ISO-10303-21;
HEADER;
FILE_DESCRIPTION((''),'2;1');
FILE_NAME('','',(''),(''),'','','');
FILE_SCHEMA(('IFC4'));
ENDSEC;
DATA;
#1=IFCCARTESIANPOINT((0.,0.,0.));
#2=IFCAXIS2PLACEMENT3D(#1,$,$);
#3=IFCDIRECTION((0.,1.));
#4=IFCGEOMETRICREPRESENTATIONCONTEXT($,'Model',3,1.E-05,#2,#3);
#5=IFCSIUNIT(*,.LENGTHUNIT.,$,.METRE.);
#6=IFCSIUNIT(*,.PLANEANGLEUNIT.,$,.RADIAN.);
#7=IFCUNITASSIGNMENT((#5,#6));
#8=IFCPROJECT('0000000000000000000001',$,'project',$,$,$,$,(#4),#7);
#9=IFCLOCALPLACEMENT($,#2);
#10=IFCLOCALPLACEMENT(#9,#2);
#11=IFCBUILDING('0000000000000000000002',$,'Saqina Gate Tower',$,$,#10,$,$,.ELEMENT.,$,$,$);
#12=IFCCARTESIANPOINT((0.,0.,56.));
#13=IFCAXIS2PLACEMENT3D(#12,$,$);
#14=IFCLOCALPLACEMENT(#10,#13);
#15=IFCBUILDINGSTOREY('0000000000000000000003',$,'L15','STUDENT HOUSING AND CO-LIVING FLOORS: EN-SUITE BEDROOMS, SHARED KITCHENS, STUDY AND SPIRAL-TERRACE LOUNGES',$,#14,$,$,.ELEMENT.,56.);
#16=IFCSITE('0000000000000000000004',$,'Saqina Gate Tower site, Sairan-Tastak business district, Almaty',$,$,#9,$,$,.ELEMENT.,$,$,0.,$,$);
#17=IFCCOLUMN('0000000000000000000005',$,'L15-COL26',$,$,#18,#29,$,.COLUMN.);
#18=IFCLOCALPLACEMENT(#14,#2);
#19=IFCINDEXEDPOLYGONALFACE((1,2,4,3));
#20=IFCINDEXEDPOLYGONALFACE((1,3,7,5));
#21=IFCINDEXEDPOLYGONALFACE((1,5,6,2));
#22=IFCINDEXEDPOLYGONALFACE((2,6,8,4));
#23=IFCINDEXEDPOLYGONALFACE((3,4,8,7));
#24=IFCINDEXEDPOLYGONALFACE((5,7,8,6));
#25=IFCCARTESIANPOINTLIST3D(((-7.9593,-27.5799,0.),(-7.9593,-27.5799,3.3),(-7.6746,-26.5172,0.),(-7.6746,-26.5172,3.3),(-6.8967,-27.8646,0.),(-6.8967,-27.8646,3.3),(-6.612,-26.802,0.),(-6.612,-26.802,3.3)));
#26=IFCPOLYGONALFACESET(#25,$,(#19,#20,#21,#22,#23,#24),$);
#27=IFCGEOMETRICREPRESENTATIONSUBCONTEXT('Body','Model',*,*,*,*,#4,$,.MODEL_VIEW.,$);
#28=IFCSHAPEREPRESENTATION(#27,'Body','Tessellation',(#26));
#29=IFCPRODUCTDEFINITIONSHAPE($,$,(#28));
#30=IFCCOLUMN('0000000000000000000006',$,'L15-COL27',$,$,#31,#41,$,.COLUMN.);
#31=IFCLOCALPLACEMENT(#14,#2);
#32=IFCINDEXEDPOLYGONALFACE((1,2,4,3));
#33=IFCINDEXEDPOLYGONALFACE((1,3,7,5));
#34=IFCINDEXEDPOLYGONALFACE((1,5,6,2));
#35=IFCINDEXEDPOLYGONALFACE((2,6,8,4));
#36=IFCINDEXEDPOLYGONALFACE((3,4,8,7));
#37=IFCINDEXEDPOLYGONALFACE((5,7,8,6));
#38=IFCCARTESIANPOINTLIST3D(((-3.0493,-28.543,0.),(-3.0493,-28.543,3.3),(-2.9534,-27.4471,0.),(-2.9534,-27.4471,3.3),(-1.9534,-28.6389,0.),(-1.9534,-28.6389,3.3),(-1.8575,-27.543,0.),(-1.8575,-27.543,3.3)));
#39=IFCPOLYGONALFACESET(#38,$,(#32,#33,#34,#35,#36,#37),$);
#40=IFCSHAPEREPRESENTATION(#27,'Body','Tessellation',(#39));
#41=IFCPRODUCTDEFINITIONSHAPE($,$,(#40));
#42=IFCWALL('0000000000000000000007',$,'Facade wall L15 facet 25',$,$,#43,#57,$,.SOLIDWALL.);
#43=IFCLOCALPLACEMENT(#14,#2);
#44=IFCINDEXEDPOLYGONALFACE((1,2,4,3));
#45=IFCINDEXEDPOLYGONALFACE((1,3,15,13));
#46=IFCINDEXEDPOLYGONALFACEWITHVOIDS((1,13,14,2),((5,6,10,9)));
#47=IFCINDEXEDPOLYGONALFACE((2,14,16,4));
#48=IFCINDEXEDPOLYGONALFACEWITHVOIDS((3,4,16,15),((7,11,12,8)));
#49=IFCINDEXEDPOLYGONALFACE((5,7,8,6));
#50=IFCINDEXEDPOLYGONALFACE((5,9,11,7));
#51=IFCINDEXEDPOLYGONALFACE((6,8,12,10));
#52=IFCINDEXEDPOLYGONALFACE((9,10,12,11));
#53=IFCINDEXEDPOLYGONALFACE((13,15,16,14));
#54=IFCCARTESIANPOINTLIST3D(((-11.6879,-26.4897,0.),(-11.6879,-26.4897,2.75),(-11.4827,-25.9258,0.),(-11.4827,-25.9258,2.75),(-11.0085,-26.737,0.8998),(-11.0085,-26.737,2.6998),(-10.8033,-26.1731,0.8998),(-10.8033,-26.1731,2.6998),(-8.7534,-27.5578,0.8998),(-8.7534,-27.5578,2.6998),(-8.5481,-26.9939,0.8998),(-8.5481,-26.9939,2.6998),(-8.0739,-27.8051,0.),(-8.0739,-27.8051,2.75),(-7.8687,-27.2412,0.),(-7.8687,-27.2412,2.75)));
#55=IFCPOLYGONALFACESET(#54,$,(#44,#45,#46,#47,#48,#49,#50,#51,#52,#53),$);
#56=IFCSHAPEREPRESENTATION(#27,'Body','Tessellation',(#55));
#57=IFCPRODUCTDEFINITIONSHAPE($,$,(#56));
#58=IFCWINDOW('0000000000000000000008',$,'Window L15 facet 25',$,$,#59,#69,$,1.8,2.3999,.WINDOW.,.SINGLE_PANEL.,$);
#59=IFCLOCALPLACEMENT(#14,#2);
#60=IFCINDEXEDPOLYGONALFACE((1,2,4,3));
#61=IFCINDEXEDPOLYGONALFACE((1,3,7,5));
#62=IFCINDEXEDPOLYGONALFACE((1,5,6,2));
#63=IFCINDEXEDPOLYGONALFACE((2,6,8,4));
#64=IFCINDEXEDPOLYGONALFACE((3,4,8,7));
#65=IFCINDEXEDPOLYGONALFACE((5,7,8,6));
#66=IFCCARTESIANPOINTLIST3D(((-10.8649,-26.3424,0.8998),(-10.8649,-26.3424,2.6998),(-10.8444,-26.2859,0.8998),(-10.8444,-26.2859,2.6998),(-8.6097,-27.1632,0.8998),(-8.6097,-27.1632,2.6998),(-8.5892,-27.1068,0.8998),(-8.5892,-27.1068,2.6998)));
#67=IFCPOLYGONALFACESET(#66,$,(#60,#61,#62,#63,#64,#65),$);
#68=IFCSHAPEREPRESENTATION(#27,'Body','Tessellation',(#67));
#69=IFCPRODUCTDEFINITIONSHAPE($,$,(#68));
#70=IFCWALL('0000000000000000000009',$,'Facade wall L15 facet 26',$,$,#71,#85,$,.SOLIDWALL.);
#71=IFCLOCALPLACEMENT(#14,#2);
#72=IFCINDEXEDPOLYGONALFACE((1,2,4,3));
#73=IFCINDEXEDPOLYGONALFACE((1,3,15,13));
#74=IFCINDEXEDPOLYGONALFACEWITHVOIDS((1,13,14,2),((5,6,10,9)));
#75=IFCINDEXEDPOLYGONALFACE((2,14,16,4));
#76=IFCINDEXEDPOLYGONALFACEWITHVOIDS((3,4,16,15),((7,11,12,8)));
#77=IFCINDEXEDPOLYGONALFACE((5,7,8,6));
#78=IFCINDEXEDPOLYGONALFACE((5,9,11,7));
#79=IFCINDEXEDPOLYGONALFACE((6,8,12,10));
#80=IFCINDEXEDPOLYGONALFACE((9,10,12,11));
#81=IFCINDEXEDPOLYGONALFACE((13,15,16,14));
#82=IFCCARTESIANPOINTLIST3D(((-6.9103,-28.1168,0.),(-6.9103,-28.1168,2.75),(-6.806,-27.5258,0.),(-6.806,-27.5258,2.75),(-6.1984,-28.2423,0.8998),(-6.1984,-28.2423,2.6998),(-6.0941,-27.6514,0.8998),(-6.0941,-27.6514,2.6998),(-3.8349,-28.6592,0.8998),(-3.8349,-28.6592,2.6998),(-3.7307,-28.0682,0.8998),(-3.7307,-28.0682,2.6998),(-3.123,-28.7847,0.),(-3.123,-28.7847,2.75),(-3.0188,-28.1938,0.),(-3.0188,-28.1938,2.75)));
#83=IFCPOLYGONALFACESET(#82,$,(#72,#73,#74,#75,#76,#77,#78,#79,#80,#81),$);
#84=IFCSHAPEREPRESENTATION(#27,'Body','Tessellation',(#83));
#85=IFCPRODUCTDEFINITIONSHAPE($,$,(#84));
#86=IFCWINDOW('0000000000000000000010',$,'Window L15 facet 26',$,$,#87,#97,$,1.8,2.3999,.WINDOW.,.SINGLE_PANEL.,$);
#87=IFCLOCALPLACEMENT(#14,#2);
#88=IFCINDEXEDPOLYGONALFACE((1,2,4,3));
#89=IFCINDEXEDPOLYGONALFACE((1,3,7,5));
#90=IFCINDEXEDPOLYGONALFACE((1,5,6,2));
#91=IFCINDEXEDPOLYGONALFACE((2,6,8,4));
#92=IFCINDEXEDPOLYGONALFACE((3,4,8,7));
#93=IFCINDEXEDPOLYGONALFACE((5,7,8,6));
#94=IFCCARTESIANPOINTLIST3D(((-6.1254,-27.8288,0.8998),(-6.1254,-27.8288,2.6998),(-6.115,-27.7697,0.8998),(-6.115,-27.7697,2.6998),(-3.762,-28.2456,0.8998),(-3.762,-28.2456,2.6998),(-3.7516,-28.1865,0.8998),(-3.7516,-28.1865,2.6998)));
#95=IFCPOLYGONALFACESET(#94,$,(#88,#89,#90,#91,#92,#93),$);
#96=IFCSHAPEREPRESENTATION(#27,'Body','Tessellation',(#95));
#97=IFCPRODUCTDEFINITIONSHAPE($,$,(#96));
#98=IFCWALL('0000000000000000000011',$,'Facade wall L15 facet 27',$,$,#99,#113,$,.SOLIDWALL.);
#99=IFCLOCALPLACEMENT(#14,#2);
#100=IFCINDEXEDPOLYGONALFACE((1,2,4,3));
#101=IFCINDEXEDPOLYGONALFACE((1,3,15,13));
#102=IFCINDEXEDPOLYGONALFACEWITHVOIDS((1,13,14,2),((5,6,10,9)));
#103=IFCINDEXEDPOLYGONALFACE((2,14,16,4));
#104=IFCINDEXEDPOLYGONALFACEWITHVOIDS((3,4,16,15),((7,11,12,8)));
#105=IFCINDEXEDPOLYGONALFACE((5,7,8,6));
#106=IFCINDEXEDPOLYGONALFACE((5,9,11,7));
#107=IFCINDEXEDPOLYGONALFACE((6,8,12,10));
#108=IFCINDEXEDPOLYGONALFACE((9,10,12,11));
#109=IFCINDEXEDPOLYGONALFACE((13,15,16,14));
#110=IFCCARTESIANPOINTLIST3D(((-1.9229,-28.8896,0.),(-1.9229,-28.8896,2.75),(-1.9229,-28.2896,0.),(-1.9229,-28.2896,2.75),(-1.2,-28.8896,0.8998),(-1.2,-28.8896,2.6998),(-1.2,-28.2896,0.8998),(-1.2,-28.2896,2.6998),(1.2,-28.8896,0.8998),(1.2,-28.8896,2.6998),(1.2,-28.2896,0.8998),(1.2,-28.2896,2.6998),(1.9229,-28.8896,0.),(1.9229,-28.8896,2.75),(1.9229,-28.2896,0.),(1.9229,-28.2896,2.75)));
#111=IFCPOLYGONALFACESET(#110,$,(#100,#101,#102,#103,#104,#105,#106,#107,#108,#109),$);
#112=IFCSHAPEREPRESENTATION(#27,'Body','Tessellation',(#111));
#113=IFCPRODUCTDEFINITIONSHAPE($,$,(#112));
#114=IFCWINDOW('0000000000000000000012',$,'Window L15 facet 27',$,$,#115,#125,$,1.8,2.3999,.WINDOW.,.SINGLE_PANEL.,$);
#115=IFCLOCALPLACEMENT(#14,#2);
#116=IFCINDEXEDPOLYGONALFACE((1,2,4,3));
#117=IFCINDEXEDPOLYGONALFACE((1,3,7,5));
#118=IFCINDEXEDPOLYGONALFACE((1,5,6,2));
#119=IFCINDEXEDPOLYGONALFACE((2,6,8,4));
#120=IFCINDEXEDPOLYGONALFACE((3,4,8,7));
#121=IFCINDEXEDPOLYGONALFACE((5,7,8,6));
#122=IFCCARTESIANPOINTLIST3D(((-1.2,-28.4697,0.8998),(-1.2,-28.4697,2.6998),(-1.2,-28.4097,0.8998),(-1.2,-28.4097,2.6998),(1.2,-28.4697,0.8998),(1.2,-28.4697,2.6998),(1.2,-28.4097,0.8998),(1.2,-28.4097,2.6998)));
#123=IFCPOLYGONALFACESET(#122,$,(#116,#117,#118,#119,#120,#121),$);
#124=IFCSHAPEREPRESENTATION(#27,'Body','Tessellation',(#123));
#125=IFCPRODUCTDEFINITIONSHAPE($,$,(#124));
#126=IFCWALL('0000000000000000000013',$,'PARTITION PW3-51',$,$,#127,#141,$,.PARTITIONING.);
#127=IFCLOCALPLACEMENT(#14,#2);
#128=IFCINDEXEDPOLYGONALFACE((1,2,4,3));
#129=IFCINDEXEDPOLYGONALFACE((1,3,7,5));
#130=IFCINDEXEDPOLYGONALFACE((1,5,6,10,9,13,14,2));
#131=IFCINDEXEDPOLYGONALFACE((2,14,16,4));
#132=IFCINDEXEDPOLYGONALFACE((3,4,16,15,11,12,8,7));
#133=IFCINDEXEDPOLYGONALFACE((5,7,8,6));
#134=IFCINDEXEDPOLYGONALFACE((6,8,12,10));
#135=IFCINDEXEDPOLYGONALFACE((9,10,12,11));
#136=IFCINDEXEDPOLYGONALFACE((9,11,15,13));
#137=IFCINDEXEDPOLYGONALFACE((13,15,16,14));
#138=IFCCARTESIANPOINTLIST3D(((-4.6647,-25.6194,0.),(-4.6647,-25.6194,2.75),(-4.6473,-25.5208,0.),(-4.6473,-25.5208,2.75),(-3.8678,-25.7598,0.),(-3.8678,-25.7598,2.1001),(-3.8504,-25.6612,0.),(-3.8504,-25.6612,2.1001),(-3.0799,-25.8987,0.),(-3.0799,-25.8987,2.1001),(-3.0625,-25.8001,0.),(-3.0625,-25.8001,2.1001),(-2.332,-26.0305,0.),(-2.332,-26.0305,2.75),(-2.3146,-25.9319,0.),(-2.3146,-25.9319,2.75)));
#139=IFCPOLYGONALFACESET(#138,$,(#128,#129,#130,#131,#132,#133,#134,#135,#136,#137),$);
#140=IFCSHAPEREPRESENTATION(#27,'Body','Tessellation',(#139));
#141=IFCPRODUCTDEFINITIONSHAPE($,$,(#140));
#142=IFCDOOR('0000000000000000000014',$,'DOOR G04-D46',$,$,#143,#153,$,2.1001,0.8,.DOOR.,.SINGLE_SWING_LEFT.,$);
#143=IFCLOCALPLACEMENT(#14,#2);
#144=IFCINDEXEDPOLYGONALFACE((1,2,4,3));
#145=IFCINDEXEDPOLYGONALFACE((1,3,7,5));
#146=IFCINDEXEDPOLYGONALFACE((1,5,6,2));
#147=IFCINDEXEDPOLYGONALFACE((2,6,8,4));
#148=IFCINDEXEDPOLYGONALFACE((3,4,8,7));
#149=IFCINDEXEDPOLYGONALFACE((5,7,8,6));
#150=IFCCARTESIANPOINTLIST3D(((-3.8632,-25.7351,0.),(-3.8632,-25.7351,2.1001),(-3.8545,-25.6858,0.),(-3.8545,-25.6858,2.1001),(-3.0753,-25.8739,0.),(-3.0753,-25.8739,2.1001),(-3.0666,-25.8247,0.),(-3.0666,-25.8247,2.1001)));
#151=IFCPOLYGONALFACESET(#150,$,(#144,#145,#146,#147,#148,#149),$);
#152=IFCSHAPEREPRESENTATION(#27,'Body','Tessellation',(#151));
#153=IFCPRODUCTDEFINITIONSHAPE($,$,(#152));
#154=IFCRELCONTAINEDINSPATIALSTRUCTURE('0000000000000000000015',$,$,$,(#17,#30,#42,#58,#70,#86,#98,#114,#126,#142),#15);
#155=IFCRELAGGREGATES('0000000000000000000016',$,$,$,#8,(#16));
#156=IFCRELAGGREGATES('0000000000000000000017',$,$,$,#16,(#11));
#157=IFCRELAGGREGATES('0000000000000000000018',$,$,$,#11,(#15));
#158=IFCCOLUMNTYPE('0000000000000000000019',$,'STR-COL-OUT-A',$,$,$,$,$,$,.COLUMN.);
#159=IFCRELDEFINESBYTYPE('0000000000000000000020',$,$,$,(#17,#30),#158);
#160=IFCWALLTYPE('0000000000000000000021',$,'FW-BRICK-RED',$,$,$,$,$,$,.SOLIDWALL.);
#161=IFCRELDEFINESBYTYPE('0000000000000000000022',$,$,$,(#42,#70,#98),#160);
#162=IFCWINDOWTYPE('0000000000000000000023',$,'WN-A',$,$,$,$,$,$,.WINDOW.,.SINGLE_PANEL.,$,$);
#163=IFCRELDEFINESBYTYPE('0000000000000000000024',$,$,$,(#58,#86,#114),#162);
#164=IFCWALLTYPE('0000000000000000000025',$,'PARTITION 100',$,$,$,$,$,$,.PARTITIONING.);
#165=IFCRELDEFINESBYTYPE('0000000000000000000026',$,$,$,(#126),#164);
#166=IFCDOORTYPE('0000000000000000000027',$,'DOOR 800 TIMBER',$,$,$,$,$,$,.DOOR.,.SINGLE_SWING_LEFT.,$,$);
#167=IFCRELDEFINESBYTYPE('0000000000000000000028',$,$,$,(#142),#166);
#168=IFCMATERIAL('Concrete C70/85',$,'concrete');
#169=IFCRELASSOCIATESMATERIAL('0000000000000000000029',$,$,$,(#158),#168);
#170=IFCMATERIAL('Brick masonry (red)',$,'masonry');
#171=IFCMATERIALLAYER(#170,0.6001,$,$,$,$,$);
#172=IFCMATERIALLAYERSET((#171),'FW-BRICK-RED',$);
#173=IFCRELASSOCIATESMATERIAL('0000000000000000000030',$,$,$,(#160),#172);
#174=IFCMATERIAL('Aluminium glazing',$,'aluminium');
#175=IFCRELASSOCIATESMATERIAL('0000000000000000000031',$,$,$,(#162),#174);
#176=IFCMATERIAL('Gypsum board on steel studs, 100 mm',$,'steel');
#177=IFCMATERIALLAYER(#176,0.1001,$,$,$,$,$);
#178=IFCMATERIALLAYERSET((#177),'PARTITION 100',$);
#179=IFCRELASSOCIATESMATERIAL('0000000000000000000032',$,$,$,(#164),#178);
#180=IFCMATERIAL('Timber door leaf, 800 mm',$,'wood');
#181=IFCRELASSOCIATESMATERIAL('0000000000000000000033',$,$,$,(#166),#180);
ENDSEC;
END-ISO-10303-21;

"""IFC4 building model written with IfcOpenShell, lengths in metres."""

from ifc_helpers import new_model, si_unit, direction, frame, frame_2d, origin, origin_2d, place, context, subcontext, project, spatial, rectangle, extrude, material, layer, layer_set, material_profile, profile_set, type_object, element, fill, save


model = new_model("IFC4")

# Units and contexts
model_context = context("Model", 3, precision=1e-05, world=origin(), true_north=direction((0.0, 1.0)))
body_context = subcontext(model_context, "Body", "Model", "MODEL_VIEW")
ifc_project = project(units=[si_unit("LENGTHUNIT", "METRE"), si_unit("PLANEANGLEUNIT", "RADIAN")], contexts=[model_context])

# Site, building, storey
site_placement = place(None, origin())
site = spatial("IfcSite", under=ifc_project, at=site_placement, Name="Saqina Gate Tower site, Sairan-Tastak business district, Almaty", CompositionType="ELEMENT", RefElevation=0.0)
building_placement = place(site_placement, origin())
building = spatial("IfcBuilding", under=site, at=building_placement, Name="Saqina Gate Tower", CompositionType="ELEMENT")
storey_placement = place(building_placement, frame((0.0, 0.0, 56.0)))
storey = spatial("IfcBuildingStorey", under=building, at=storey_placement, Name="L15", Description="STUDENT HOUSING AND CO-LIVING FLOORS: EN-SUITE BEDROOMS, SHARED KITCHENS, STUDY AND SPIRAL-TERRACE LOUNGES", CompositionType="ELEMENT", Elevation=56.0)

# Columns
ifc_material_1 = material(Name="Concrete C70/85", Category="concrete")
ifc_material_profile = material_profile(ifc_material_1, rectangle(XDim=1.1001, YDim=1.1001, at=origin_2d()), Name="RC 1100x1100")
ifc_profile_set = profile_set([ifc_material_profile], Name="Concrete C70/85")
column_type = type_object("IfcColumnType", Name="STR-COL-OUT-A", PredefinedType="COLUMN", material=ifc_profile_set)
for number, where, z_axis, x_axis, name in (
    (1, (-7.2856, -27.1909, 0.0), (0.0, 0.0, 1.0), (-0.258819, -0.965926, 0.0), "L15-COL26"),
    (2, (-2.4534, -28.043, 0.0), (0.0, 0.0, 1.0), (-0.087156, -0.996195, 0.0), "L15-COL27"),
):
    element("IfcColumn", number, at=place(storey_placement, frame(where, z_axis=z_axis, x_axis=x_axis)), inside=storey, type_object=column_type, Name=name, PredefinedType="COLUMN", context=body_context, shape_type="SweptSolid", body=[
        extrude(rectangle(XDim=1.1001, YDim=1.1001, at=origin_2d()), origin(), (0.0, 0.0, 1.0), 3.3),
    ])

# Walls, openings, windows
ifc_material_2 = material(Name="Brick masonry (red)", Category="masonry")
ifc_layer_1 = layer(ifc_material_2, 0.6001)
ifc_layer_set_1 = layer_set([ifc_layer_1], Name="FW-BRICK-RED")
wall_type_1 = type_object("IfcWallType", Name="FW-BRICK-RED", PredefinedType="SOLIDWALL", material=ifc_layer_set_1)
wall_1_placement = place(storey_placement, frame((-11.5852, -26.2078, 0.0), z_axis=(0.0, 0.0, 1.0), x_axis=(0.93969, -0.342028, 0.0)))
wall_1 = element("IfcWall", 3, at=wall_1_placement, inside=storey, type_object=wall_type_1, Name="Facade wall L15 facet 25", PredefinedType="SOLIDWALL", context=body_context, shape_type="SweptSolid", body=[
    extrude(rectangle(XDim=3.8459, YDim=0.6001, at=frame_2d((1.9229, 0.0))), origin(), (0.0, 0.0, 1.0), 2.75),
])
opening_1_placement = place(wall_1_placement, frame((0.7229, 0.0, 0.8999)))
opening_1 = element("IfcOpeningElement", 4, at=opening_1_placement, cuts=wall_1, PredefinedType="OPENING", context=body_context, shape_type="SweptSolid", body=[
    extrude(rectangle(XDim=2.3999, YDim=1.8, at=frame_2d((1.2, 0.8999))), frame((0.0, 0.312, 0.0), z_axis=(0.0, -1.0, 0.0), x_axis=(1.0, 0.0, 0.0)), (0.0, 0.0, 1.0), 0.624),
])
ifc_material_3 = material(Name="Aluminium glazing", Category="aluminium")
window_type = type_object("IfcWindowType", Name="WN-A", PartitioningType="SINGLE_PANEL", PredefinedType="WINDOW", material=ifc_material_3)
window_1_placement = place(opening_1_placement, origin())
window_1 = element("IfcWindow", 5, at=window_1_placement, inside=storey, type_object=window_type, Name="Window L15 facet 25", OverallHeight=1.8, OverallWidth=2.3999, PartitioningType="SINGLE_PANEL", PredefinedType="WINDOW", context=body_context, shape_type="SweptSolid", body=[
    extrude(rectangle(XDim=2.3999, YDim=1.8, at=frame_2d((1.2, 0.8999))), frame((0.0, 0.1799, 0.0), z_axis=(0.0, -1.0, 0.0), x_axis=(1.0, 0.0, 0.0)), (0.0, 0.0, 1.0), 0.0601),
])
fill(opening_1, window_1)
wall_2_placement = place(storey_placement, frame((-6.8582, -27.8213, 0.0), z_axis=(0.0, 0.0, 1.0), x_axis=(0.984801, -0.173688, 0.0)))
wall_2 = element("IfcWall", 6, at=wall_2_placement, inside=storey, type_object=wall_type_1, Name="Facade wall L15 facet 26", PredefinedType="SOLIDWALL", context=body_context, shape_type="SweptSolid", body=[
    extrude(rectangle(XDim=3.8457, YDim=0.6001, at=frame_2d((1.9229, 0.0))), origin(), (0.0, 0.0, 1.0), 2.75),
])
opening_2_placement = place(wall_2_placement, frame((0.7229, 0.0, 0.8999)))
opening_2 = element("IfcOpeningElement", 7, at=opening_2_placement, cuts=wall_2, PredefinedType="OPENING", context=body_context, shape_type="SweptSolid", body=[
    extrude(rectangle(XDim=2.3999, YDim=1.8, at=frame_2d((1.2, 0.8999))), frame((0.0, 0.312, 0.0), z_axis=(0.0, -1.0, 0.0), x_axis=(1.0, 0.0, 0.0)), (0.0, 0.0, 1.0), 0.624),
])
window_2_placement = place(opening_2_placement, origin())
window_2 = element("IfcWindow", 8, at=window_2_placement, inside=storey, type_object=window_type, Name="Window L15 facet 26", OverallHeight=1.8, OverallWidth=2.3999, PartitioningType="SINGLE_PANEL", PredefinedType="WINDOW", context=body_context, shape_type="SweptSolid", body=[
    extrude(rectangle(XDim=2.3999, YDim=1.8, at=frame_2d((1.2, 0.8999))), frame((0.0, 0.1799, 0.0), z_axis=(0.0, -1.0, 0.0), x_axis=(1.0, 0.0, 0.0)), (0.0, 0.0, 1.0), 0.0601),
])
fill(opening_2, window_2)
wall_3_placement = place(storey_placement, frame((-1.9229, -28.5896, 0.0), z_axis=(0.0, 0.0, 1.0), x_axis=(1.0, 0.0, 0.0)))
wall_3 = element("IfcWall", 9, at=wall_3_placement, inside=storey, type_object=wall_type_1, Name="Facade wall L15 facet 27", PredefinedType="SOLIDWALL", context=body_context, shape_type="SweptSolid", body=[
    extrude(rectangle(XDim=3.8457, YDim=0.6001, at=frame_2d((1.9229, 0.0))), origin(), (0.0, 0.0, 1.0), 2.75),
])
opening_3_placement = place(wall_3_placement, frame((0.7229, 0.0, 0.8999)))
opening_3 = element("IfcOpeningElement", 10, at=opening_3_placement, cuts=wall_3, PredefinedType="OPENING", context=body_context, shape_type="SweptSolid", body=[
    extrude(rectangle(XDim=2.3999, YDim=1.8, at=frame_2d((1.2, 0.8999))), frame((0.0, 0.312, 0.0), z_axis=(0.0, -1.0, 0.0), x_axis=(1.0, 0.0, 0.0)), (0.0, 0.0, 1.0), 0.624),
])
window_3_placement = place(opening_3_placement, origin())
window_3 = element("IfcWindow", 11, at=window_3_placement, inside=storey, type_object=window_type, Name="Window L15 facet 27", OverallHeight=1.8, OverallWidth=2.3999, PartitioningType="SINGLE_PANEL", PredefinedType="WINDOW", context=body_context, shape_type="SweptSolid", body=[
    extrude(rectangle(XDim=2.3999, YDim=1.8, at=frame_2d((1.2, 0.8999))), frame((0.0, 0.1799, 0.0), z_axis=(0.0, -1.0, 0.0), x_axis=(1.0, 0.0, 0.0)), (0.0, 0.0, 1.0), 0.0601),
])
fill(opening_3, window_3)

# Wall, opening, door
ifc_material_4 = material(Name="Gypsum board on steel studs, 100 mm", Category="steel")
ifc_layer_2 = layer(ifc_material_4, 0.1001)
ifc_layer_set_2 = layer_set([ifc_layer_2], Name="PARTITION 100")
wall_type_2 = type_object("IfcWallType", Name="PARTITION 100", PredefinedType="PARTITIONING", material=ifc_layer_set_2)
wall_4_placement = place(storey_placement, frame((-4.656, -25.5701, 0.0), z_axis=(0.0, 0.0, 1.0), x_axis=(0.984822, -0.173568, 0.0)))
wall_4 = element("IfcWall", 12, at=wall_4_placement, inside=storey, type_object=wall_type_2, Name="PARTITION PW3-51", PredefinedType="PARTITIONING", context=body_context, shape_type="SweptSolid", body=[
    extrude(rectangle(XDim=2.3687, YDim=0.1001, at=frame_2d((1.1843, 0.0))), origin(), (0.0, 0.0, 1.0), 2.75),
])
opening_4_placement = place(wall_4_placement, frame((0.8093, 0.0, 0.0)))
opening_4 = element("IfcOpeningElement", 13, at=opening_4_placement, cuts=wall_4, PredefinedType="OPENING", context=body_context, shape_type="SweptSolid", body=[
    extrude(rectangle(XDim=0.8, YDim=2.1001, at=frame_2d((0.3999, 1.05))), frame((0.0, 0.062, 0.0), z_axis=(0.0, -1.0, 0.0), x_axis=(1.0, 0.0, 0.0)), (0.0, 0.0, 1.0), 0.124),
])
ifc_material_5 = material(Name="Timber door leaf, 800 mm", Category="wood")
door_type = type_object("IfcDoorType", Name="DOOR 800 TIMBER", OperationType="SINGLE_SWING_LEFT", PredefinedType="DOOR", material=ifc_material_5)
door_1_placement = place(opening_4_placement, frame((0.8, 0.0, 0.0), z_axis=(0.0, 0.0, 1.0), x_axis=(-1.0, 0.0, 0.0)))
door_1 = element("IfcDoor", 14, at=door_1_placement, inside=storey, type_object=door_type, Name="DOOR G04-D46", OperationType="SINGLE_SWING_LEFT", OverallHeight=2.1001, OverallWidth=0.8, PredefinedType="DOOR", context=body_context, shape_type="SweptSolid", body=[
    extrude(rectangle(XDim=0.8, YDim=2.1001, at=frame_2d((0.3999, 1.05))), frame((0.0, 0.0249, 0.0), z_axis=(0.0, -1.0, 0.0), x_axis=(1.0, 0.0, 0.0)), (0.0, 0.0, 1.0), 0.05),
])
fill(opening_4, door_1)

save(model, "model.ifc")
